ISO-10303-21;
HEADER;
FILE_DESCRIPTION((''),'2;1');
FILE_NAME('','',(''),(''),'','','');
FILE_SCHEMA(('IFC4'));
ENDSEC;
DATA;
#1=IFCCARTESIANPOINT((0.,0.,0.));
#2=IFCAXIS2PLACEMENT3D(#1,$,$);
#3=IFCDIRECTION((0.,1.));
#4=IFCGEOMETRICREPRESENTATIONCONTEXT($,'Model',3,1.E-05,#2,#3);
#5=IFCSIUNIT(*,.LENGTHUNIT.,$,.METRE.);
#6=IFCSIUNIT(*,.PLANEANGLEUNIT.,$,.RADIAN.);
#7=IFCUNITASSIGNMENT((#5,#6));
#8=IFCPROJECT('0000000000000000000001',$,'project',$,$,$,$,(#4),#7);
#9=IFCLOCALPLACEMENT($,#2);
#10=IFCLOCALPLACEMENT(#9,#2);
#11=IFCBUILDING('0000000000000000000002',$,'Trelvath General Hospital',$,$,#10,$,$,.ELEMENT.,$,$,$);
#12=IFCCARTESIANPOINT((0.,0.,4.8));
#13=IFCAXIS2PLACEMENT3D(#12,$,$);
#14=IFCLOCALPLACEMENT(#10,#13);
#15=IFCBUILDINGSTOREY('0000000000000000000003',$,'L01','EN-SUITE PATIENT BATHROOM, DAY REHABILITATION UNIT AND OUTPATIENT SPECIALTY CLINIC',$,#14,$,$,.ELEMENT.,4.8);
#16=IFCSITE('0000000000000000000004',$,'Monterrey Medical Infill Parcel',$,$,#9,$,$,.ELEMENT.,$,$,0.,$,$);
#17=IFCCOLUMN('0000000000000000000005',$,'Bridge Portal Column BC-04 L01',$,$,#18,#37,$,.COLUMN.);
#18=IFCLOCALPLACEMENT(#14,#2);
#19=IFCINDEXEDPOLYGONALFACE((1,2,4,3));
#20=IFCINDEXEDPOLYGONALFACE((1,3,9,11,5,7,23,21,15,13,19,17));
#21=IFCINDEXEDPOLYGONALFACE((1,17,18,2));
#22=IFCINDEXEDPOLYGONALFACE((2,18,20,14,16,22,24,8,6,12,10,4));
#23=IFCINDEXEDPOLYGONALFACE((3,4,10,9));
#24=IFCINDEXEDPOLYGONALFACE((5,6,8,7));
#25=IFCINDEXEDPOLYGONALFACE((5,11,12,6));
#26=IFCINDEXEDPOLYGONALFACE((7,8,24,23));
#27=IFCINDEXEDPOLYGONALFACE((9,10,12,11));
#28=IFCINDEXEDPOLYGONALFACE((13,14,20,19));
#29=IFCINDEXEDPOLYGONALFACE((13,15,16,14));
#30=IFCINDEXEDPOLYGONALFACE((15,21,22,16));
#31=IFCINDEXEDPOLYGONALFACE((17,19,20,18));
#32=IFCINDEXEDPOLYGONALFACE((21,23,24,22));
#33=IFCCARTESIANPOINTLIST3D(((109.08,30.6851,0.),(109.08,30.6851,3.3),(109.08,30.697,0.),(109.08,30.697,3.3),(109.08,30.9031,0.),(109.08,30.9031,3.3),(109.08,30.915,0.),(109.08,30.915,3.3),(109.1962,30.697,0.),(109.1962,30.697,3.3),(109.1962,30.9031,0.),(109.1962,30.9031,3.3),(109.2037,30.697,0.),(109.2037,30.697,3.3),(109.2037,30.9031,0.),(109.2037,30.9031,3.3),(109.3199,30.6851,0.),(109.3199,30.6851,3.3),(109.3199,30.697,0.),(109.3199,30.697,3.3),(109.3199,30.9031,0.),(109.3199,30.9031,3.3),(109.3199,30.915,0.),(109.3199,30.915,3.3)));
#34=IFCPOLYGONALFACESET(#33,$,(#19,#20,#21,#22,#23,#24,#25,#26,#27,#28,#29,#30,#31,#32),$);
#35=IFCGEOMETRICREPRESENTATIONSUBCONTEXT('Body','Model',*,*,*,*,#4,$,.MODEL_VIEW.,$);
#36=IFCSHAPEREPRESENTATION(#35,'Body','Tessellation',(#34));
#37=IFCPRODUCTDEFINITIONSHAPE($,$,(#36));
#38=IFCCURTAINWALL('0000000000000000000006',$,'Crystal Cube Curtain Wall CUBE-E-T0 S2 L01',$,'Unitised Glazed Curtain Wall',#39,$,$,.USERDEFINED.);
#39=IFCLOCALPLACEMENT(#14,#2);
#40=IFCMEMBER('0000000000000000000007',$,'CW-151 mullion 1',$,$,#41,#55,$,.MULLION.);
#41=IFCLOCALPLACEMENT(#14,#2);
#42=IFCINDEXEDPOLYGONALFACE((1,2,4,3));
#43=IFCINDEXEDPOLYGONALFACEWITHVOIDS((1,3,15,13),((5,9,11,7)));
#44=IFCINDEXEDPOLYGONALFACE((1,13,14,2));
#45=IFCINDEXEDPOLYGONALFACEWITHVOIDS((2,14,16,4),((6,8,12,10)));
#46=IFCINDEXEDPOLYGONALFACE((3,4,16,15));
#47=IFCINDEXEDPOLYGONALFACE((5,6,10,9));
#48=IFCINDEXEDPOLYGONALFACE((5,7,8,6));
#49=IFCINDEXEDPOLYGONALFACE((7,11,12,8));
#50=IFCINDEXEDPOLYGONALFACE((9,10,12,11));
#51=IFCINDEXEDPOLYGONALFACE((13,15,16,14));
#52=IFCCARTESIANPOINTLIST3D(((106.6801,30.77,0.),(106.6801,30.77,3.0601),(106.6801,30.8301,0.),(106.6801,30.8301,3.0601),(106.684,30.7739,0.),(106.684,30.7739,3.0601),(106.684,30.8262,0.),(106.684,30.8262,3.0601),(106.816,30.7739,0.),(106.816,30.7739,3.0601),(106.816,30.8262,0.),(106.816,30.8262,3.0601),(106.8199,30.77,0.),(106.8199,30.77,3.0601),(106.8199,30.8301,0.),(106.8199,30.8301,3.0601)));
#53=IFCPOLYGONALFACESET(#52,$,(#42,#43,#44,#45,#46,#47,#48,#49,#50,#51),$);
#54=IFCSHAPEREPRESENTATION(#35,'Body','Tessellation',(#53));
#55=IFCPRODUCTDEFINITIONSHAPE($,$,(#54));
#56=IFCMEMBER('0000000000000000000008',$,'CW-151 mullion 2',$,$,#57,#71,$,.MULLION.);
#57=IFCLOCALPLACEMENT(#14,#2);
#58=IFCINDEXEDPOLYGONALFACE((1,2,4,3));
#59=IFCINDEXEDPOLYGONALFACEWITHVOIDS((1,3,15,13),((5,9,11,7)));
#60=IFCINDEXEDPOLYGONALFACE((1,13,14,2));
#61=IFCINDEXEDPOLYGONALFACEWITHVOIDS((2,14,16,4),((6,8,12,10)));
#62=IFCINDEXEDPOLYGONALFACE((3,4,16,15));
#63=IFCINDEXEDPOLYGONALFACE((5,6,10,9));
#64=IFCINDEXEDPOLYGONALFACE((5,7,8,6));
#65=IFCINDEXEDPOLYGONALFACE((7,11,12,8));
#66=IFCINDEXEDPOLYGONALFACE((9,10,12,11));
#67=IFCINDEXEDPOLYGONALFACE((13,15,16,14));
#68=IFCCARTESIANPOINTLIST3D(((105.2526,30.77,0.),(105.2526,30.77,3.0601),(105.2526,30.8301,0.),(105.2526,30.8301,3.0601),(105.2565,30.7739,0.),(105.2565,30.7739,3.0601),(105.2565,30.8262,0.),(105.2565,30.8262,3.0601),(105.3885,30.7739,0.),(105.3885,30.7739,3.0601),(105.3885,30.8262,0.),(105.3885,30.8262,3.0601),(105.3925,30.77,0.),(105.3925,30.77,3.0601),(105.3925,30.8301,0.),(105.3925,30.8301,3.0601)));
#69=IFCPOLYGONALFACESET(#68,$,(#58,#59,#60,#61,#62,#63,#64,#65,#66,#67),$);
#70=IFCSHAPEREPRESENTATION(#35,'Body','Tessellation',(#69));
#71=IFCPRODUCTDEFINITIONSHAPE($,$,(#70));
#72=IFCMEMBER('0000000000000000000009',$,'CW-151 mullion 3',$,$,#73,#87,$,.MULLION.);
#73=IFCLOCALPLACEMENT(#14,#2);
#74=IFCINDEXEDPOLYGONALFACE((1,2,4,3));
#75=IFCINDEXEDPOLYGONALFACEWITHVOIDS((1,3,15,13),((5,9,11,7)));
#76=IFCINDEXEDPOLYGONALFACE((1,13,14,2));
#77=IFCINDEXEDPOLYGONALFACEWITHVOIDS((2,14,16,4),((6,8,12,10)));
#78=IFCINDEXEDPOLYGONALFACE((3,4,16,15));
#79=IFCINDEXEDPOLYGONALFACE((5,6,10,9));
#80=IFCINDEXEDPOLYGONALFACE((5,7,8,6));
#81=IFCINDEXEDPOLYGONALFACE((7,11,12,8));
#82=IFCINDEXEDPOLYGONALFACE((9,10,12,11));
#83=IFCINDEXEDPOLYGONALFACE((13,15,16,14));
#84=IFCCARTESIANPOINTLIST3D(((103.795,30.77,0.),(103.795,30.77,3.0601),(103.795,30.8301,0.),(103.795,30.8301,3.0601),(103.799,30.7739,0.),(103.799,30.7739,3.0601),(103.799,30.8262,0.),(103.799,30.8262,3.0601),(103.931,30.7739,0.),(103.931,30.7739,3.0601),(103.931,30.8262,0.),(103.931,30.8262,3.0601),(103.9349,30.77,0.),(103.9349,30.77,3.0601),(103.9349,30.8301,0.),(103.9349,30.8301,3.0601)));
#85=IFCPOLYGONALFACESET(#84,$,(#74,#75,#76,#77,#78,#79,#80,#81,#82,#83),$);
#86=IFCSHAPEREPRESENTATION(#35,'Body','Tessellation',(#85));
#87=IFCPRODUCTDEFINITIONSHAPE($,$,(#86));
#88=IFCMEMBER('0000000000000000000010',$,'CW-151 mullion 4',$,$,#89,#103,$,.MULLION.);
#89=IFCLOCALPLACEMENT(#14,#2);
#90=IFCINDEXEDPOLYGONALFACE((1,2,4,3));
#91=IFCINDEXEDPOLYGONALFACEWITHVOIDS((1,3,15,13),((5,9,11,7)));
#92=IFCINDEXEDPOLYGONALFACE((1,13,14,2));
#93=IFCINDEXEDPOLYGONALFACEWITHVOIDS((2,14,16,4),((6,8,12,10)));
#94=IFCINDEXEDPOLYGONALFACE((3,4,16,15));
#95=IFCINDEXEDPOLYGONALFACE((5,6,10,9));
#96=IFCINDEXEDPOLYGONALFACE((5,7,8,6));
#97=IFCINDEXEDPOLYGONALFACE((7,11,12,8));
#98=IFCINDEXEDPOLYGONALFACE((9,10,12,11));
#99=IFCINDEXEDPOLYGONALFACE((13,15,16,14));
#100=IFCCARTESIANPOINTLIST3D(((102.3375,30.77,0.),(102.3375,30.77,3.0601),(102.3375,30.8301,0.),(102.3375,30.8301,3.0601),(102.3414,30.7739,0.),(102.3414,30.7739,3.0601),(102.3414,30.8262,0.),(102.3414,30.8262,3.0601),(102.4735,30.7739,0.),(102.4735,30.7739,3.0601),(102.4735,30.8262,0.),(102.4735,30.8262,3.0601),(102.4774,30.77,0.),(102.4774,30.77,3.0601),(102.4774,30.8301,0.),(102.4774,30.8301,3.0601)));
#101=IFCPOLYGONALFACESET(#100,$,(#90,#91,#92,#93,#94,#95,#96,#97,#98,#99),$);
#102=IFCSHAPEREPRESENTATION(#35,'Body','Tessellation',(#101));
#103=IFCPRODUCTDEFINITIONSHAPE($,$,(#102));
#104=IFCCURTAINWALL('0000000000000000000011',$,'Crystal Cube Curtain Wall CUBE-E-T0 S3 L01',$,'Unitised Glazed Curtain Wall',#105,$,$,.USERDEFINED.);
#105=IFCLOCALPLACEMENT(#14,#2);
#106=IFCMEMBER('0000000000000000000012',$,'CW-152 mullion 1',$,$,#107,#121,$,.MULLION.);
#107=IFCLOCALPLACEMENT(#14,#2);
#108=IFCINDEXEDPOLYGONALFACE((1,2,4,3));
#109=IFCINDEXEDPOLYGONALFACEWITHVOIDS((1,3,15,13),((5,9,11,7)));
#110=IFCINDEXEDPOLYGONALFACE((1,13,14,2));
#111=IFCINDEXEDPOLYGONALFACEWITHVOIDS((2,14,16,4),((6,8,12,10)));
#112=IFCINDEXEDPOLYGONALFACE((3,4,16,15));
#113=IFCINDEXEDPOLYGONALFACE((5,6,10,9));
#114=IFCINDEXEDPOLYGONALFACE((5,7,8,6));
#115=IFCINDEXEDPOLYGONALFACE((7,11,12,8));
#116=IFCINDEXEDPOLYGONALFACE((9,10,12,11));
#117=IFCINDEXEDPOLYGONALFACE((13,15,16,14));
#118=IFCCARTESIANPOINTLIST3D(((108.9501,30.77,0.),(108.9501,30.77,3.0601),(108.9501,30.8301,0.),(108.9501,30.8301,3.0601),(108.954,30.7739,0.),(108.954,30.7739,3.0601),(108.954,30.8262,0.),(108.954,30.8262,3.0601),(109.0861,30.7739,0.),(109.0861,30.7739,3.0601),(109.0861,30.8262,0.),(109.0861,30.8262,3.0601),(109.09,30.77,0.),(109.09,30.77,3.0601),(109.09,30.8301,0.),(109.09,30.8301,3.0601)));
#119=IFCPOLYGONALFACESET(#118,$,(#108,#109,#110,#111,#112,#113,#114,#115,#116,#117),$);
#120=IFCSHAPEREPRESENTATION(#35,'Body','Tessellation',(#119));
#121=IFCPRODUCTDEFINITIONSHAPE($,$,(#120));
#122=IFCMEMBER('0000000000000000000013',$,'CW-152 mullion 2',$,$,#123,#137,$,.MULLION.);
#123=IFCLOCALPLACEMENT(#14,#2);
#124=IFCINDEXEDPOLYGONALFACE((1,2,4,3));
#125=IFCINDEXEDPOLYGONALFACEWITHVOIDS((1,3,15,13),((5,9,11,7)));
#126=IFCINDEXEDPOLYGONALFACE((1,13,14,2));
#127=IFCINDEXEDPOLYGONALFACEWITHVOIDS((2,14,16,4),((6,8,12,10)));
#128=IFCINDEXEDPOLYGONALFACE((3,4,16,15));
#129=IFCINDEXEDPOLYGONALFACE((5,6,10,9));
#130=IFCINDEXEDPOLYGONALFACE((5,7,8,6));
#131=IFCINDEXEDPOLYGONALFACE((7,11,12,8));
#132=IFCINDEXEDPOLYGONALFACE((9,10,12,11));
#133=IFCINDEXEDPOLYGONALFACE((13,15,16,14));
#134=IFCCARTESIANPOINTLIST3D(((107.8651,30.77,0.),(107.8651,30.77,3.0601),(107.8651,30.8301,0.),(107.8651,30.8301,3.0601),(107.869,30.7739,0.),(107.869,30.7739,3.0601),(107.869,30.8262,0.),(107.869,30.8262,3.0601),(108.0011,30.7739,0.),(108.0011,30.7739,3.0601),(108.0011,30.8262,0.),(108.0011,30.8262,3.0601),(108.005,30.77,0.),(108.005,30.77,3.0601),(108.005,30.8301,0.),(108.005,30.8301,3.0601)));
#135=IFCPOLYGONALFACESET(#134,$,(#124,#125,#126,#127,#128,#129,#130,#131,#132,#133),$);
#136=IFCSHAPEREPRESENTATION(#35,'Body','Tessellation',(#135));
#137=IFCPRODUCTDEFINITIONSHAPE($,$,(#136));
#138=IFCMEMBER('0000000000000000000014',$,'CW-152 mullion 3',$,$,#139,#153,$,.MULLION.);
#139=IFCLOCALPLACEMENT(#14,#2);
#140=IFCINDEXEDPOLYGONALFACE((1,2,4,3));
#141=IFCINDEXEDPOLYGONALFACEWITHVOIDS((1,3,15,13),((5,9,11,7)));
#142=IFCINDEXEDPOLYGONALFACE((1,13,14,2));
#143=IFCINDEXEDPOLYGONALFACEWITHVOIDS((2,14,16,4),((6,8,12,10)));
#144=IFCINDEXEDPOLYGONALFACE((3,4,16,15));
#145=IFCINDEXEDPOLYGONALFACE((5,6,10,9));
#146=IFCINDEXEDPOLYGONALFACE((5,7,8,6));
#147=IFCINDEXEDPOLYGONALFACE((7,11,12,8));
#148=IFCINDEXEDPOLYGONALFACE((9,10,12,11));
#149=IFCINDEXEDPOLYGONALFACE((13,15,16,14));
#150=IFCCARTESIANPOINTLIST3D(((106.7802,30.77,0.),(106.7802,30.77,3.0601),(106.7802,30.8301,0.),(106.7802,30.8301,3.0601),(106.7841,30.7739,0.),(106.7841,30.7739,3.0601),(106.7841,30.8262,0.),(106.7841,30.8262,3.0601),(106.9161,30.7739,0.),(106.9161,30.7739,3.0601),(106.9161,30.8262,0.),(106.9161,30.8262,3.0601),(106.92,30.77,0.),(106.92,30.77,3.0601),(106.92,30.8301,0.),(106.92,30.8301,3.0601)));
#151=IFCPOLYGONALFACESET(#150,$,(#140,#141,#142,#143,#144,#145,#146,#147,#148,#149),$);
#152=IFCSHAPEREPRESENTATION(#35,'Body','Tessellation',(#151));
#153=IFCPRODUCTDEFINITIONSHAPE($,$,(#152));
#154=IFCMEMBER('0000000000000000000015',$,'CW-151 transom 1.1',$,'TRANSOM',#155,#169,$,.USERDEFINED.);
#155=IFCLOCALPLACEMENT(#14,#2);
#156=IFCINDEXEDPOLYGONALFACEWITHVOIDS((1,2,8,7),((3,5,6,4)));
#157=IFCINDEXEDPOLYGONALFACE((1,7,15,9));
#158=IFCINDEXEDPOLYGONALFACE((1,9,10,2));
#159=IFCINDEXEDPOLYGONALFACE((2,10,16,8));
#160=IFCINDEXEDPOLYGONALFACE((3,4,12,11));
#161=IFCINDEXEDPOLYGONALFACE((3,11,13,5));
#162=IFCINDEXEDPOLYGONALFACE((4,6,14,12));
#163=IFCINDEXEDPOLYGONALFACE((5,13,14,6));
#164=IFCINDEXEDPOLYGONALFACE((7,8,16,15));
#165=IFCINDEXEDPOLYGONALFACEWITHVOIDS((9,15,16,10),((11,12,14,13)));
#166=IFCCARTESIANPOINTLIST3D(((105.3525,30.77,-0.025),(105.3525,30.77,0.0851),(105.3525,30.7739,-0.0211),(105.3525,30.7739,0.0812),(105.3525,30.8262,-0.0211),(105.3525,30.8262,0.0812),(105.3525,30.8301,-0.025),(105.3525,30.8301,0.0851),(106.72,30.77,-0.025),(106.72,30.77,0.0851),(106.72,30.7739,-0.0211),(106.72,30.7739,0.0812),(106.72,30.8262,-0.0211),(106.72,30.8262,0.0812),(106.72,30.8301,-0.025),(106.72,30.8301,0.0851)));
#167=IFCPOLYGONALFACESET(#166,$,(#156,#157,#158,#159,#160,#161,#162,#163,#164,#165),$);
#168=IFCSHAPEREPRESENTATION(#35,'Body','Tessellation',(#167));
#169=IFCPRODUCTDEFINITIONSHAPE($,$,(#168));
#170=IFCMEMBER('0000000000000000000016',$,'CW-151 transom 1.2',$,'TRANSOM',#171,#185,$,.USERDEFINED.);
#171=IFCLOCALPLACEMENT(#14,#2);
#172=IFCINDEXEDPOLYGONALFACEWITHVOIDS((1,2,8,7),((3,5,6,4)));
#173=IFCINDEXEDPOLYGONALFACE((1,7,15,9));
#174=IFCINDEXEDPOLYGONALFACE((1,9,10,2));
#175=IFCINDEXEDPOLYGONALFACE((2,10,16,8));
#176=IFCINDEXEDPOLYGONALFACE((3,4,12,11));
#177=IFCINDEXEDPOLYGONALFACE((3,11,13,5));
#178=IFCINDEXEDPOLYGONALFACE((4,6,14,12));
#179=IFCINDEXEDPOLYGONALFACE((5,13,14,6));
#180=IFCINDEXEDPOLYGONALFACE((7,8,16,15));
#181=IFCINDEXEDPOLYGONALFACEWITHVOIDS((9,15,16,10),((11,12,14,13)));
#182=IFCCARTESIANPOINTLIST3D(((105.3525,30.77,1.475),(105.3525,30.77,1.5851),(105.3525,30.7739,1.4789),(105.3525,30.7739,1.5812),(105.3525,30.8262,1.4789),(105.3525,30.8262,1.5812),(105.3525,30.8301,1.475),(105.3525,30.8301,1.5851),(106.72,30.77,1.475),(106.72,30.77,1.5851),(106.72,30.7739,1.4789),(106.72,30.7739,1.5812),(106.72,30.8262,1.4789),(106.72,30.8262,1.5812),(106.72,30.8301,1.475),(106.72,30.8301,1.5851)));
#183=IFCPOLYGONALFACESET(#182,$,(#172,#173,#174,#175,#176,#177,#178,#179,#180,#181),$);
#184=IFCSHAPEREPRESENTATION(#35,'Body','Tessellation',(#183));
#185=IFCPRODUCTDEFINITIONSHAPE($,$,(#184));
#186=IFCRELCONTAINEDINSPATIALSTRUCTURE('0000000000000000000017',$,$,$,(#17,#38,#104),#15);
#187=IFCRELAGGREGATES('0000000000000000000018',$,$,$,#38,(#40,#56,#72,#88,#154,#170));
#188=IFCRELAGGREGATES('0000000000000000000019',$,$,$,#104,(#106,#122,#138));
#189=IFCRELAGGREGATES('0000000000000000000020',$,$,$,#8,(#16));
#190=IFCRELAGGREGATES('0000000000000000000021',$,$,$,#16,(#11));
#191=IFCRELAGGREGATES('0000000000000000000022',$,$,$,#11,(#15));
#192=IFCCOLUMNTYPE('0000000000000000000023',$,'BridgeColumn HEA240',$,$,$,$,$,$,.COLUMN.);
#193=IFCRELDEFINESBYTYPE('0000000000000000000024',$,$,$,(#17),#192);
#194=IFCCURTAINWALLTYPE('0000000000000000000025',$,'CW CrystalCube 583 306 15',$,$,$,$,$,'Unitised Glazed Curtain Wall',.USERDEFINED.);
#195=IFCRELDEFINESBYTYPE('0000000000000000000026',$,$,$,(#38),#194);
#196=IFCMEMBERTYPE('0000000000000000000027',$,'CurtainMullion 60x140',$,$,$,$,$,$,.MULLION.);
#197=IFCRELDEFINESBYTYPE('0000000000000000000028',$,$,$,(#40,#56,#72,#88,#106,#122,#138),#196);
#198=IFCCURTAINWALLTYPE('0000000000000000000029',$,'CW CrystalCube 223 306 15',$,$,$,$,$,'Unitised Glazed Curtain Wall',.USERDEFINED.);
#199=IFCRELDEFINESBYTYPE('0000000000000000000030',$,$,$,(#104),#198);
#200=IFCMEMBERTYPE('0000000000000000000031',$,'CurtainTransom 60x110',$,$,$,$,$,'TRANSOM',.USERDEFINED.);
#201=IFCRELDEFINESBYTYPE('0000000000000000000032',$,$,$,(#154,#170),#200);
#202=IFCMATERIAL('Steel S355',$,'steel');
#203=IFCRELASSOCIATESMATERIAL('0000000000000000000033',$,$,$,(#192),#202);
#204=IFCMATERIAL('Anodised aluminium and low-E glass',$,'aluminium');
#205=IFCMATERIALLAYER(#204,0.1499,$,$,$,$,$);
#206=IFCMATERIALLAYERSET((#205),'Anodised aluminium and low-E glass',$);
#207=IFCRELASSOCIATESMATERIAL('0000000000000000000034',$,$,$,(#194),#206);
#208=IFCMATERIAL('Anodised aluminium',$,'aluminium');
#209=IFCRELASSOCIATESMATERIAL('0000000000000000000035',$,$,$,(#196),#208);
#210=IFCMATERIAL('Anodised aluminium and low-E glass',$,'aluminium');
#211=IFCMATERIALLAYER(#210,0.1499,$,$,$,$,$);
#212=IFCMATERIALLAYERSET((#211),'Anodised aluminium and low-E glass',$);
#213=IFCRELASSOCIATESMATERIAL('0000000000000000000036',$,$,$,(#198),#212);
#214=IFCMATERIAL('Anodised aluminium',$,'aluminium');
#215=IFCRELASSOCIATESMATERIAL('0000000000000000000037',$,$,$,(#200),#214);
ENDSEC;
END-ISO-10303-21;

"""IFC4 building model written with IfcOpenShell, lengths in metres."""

from ifc_helpers import new_model, si_unit, direction, frame, origin, origin_2d, place, context, subcontext, project, spatial, hollow_rectangle, i_section, extrude, material, layer, layer_set, material_profile, profile_set, type_object, element, aggregate, save


model = new_model("IFC4")

# Units and contexts
model_context = context("Model", 3, precision=1e-05, world=origin(), true_north=direction((0.0, 1.0)))
body_context = subcontext(model_context, "Body", "Model", "MODEL_VIEW")
ifc_project = project(units=[si_unit("LENGTHUNIT", "METRE"), si_unit("PLANEANGLEUNIT", "RADIAN")], contexts=[model_context])

# Site, building, storey
site_placement = place(None, origin())
site = spatial("IfcSite", under=ifc_project, at=site_placement, Name="Monterrey Medical Infill Parcel", CompositionType="ELEMENT", RefElevation=0.0)
building_placement = place(site_placement, origin())
building = spatial("IfcBuilding", under=site, at=building_placement, Name="Trelvath General Hospital", CompositionType="ELEMENT")
storey_placement = place(building_placement, frame((0.0, 0.0, 4.8)))
storey = spatial("IfcBuildingStorey", under=building, at=storey_placement, Name="L01", Description="EN-SUITE PATIENT BATHROOM, DAY REHABILITATION UNIT AND OUTPATIENT SPECIALTY CLINIC", CompositionType="ELEMENT", Elevation=4.8)

# Column
ifc_material_1 = material(Name="Steel S355", Category="steel")
ifc_material_profile_1 = material_profile(ifc_material_1, i_section(OverallWidth=0.24, OverallDepth=0.23, WebThickness=0.0076, FlangeThickness=0.012, at=origin_2d()), Name="HEA240")
ifc_profile_set_1 = profile_set([ifc_material_profile_1], Name="Steel S355")
column_type = type_object("IfcColumnType", Name="BridgeColumn HEA240", PredefinedType="COLUMN", material=ifc_profile_set_1)
column_placement = place(storey_placement, frame((109.2, 30.8, 0.0), z_axis=(0.0, 0.0, 1.0), x_axis=(1.0, 0.0, 0.0)))
element("IfcColumn", 1, at=column_placement, inside=storey, type_object=column_type, Name="Bridge Portal Column BC-04 L01", PredefinedType="COLUMN", context=body_context, shape_type="SweptSolid", body=[
    extrude(i_section(OverallWidth=0.24, OverallDepth=0.23, WebThickness=0.0076, FlangeThickness=0.012, at=origin_2d()), origin(), (0.0, 0.0, 1.0), 3.3),
])

# Curtain walls, members
ifc_material_2 = material(Name="Anodised aluminium and low-E glass", Category="aluminium")
ifc_layer_1 = layer(ifc_material_2, 0.1499)
ifc_layer_set_1 = layer_set([ifc_layer_1], Name="Anodised aluminium and low-E glass")
curtain_wall_type_1 = type_object("IfcCurtainWallType", Name="CW CrystalCube 583 306 15", ElementType="Unitised Glazed Curtain Wall", PredefinedType="USERDEFINED", material=ifc_layer_set_1)
curtain_wall_1_placement = place(storey_placement, origin())
curtain_wall_1 = element("IfcCurtainWall", 2, at=curtain_wall_1_placement, inside=storey, type_object=curtain_wall_type_1, Name="Crystal Cube Curtain Wall CUBE-E-T0 S2 L01", ObjectType="Unitised Glazed Curtain Wall", PredefinedType="USERDEFINED")
ifc_material_3 = material(Name="Anodised aluminium", Category="aluminium")
ifc_material_profile_2 = material_profile(ifc_material_3, hollow_rectangle(XDim=0.0601, YDim=0.1399, WallThickness=0.0039, at=origin_2d()), Name="RHS60x140x4")
ifc_profile_set_2 = profile_set([ifc_material_profile_2], Name="Anodised aluminium")
member_type_1 = type_object("IfcMemberType", Name="CurtainMullion 60x140", PredefinedType="MULLION", material=ifc_profile_set_2)
member_1_placement = place(storey_placement, frame((106.75, 30.8, 0.0), z_axis=(0.0, 0.0, 1.0), x_axis=(0.0, -1.0, 0.0)))
member_1 = element("IfcMember", 3, at=member_1_placement, type_object=member_type_1, Name="CW-151 mullion 1", PredefinedType="MULLION", context=body_context, shape_type="SweptSolid", body=[
    extrude(hollow_rectangle(XDim=0.0601, YDim=0.1399, WallThickness=0.0039, at=origin_2d()), origin(), (0.0, 0.0, 1.0), 3.0601),
])
member_2_placement = place(storey_placement, frame((105.3225, 30.8, 0.0), z_axis=(0.0, 0.0, 1.0), x_axis=(0.0, -1.0, 0.0)))
member_2 = element("IfcMember", 4, at=member_2_placement, type_object=member_type_1, Name="CW-151 mullion 2", PredefinedType="MULLION", context=body_context, shape_type="SweptSolid", body=[
    extrude(hollow_rectangle(XDim=0.0601, YDim=0.1399, WallThickness=0.0039, at=origin_2d()), origin(), (0.0, 0.0, 1.0), 3.0601),
])
member_3_placement = place(storey_placement, frame((103.865, 30.8, 0.0), z_axis=(0.0, 0.0, 1.0), x_axis=(0.0, -1.0, 0.0)))
member_3 = element("IfcMember", 5, at=member_3_placement, type_object=member_type_1, Name="CW-151 mullion 3", PredefinedType="MULLION", context=body_context, shape_type="SweptSolid", body=[
    extrude(hollow_rectangle(XDim=0.0601, YDim=0.1399, WallThickness=0.0039, at=origin_2d()), origin(), (0.0, 0.0, 1.0), 3.0601),
])
member_4_placement = place(storey_placement, frame((102.4075, 30.8, 0.0), z_axis=(0.0, 0.0, 1.0), x_axis=(0.0, -1.0, 0.0)))
member_4 = element("IfcMember", 6, at=member_4_placement, type_object=member_type_1, Name="CW-151 mullion 4", PredefinedType="MULLION", context=body_context, shape_type="SweptSolid", body=[
    extrude(hollow_rectangle(XDim=0.0601, YDim=0.1399, WallThickness=0.0039, at=origin_2d()), origin(), (0.0, 0.0, 1.0), 3.0601),
])
ifc_material_4 = material(Name="Anodised aluminium and low-E glass", Category="aluminium")
ifc_layer_2 = layer(ifc_material_4, 0.1499)
ifc_layer_set_2 = layer_set([ifc_layer_2], Name="Anodised aluminium and low-E glass")
curtain_wall_type_2 = type_object("IfcCurtainWallType", Name="CW CrystalCube 223 306 15", ElementType="Unitised Glazed Curtain Wall", PredefinedType="USERDEFINED", material=ifc_layer_set_2)
curtain_wall_2_placement = place(storey_placement, origin())
curtain_wall_2 = element("IfcCurtainWall", 7, at=curtain_wall_2_placement, inside=storey, type_object=curtain_wall_type_2, Name="Crystal Cube Curtain Wall CUBE-E-T0 S3 L01", ObjectType="Unitised Glazed Curtain Wall", PredefinedType="USERDEFINED")
member_5_placement = place(storey_placement, frame((109.02, 30.8, 0.0), z_axis=(0.0, 0.0, 1.0), x_axis=(0.0, -1.0, 0.0)))
member_5 = element("IfcMember", 8, at=member_5_placement, type_object=member_type_1, Name="CW-152 mullion 1", PredefinedType="MULLION", context=body_context, shape_type="SweptSolid", body=[
    extrude(hollow_rectangle(XDim=0.0601, YDim=0.1399, WallThickness=0.0039, at=origin_2d()), origin(), (0.0, 0.0, 1.0), 3.0601),
])
member_6_placement = place(storey_placement, frame((107.9351, 30.8, 0.0), z_axis=(0.0, 0.0, 1.0), x_axis=(0.0, -1.0, 0.0)))
member_6 = element("IfcMember", 9, at=member_6_placement, type_object=member_type_1, Name="CW-152 mullion 2", PredefinedType="MULLION", context=body_context, shape_type="SweptSolid", body=[
    extrude(hollow_rectangle(XDim=0.0601, YDim=0.1399, WallThickness=0.0039, at=origin_2d()), origin(), (0.0, 0.0, 1.0), 3.0601),
])
member_7_placement = place(storey_placement, frame((106.8501, 30.8, 0.0), z_axis=(0.0, 0.0, 1.0), x_axis=(0.0, -1.0, 0.0)))
member_7 = element("IfcMember", 10, at=member_7_placement, type_object=member_type_1, Name="CW-152 mullion 3", PredefinedType="MULLION", context=body_context, shape_type="SweptSolid", body=[
    extrude(hollow_rectangle(XDim=0.0601, YDim=0.1399, WallThickness=0.0039, at=origin_2d()), origin(), (0.0, 0.0, 1.0), 3.0601),
])

# Members
ifc_material_5 = material(Name="Anodised aluminium", Category="aluminium")
ifc_material_profile_3 = material_profile(ifc_material_5, hollow_rectangle(XDim=0.0601, YDim=0.1101, WallThickness=0.0039, at=origin_2d()), Name="RHS60x110x4")
ifc_profile_set_3 = profile_set([ifc_material_profile_3], Name="Anodised aluminium")
member_type_2 = type_object("IfcMemberType", Name="CurtainTransom 60x110", ElementType="TRANSOM", PredefinedType="USERDEFINED", material=ifc_profile_set_3)
member_8_placement = place(storey_placement, frame((106.72, 30.8, 0.03), z_axis=(-1.0, 0.0, 0.0), x_axis=(0.0, -1.0, 0.0)))
member_8 = element("IfcMember", 11, at=member_8_placement, type_object=member_type_2, Name="CW-151 transom 1.1", ObjectType="TRANSOM", PredefinedType="USERDEFINED", context=body_context, shape_type="SweptSolid", body=[
    extrude(hollow_rectangle(XDim=0.0601, YDim=0.1101, WallThickness=0.0039, at=origin_2d()), origin(), (0.0, 0.0, 1.0), 1.3674),
])
member_9_placement = place(storey_placement, frame((106.72, 30.8, 1.53), z_axis=(-1.0, 0.0, 0.0), x_axis=(0.0, -1.0, 0.0)))
member_9 = element("IfcMember", 12, at=member_9_placement, type_object=member_type_2, Name="CW-151 transom 1.2", ObjectType="TRANSOM", PredefinedType="USERDEFINED", context=body_context, shape_type="SweptSolid", body=[
    extrude(hollow_rectangle(XDim=0.0601, YDim=0.1101, WallThickness=0.0039, at=origin_2d()), origin(), (0.0, 0.0, 1.0), 1.3674),
])

aggregate(curtain_wall_1, [member_1, member_2, member_3, member_4, member_8, member_9])
aggregate(curtain_wall_2, [member_5, member_6, member_7])

save(model, "model.ifc")
